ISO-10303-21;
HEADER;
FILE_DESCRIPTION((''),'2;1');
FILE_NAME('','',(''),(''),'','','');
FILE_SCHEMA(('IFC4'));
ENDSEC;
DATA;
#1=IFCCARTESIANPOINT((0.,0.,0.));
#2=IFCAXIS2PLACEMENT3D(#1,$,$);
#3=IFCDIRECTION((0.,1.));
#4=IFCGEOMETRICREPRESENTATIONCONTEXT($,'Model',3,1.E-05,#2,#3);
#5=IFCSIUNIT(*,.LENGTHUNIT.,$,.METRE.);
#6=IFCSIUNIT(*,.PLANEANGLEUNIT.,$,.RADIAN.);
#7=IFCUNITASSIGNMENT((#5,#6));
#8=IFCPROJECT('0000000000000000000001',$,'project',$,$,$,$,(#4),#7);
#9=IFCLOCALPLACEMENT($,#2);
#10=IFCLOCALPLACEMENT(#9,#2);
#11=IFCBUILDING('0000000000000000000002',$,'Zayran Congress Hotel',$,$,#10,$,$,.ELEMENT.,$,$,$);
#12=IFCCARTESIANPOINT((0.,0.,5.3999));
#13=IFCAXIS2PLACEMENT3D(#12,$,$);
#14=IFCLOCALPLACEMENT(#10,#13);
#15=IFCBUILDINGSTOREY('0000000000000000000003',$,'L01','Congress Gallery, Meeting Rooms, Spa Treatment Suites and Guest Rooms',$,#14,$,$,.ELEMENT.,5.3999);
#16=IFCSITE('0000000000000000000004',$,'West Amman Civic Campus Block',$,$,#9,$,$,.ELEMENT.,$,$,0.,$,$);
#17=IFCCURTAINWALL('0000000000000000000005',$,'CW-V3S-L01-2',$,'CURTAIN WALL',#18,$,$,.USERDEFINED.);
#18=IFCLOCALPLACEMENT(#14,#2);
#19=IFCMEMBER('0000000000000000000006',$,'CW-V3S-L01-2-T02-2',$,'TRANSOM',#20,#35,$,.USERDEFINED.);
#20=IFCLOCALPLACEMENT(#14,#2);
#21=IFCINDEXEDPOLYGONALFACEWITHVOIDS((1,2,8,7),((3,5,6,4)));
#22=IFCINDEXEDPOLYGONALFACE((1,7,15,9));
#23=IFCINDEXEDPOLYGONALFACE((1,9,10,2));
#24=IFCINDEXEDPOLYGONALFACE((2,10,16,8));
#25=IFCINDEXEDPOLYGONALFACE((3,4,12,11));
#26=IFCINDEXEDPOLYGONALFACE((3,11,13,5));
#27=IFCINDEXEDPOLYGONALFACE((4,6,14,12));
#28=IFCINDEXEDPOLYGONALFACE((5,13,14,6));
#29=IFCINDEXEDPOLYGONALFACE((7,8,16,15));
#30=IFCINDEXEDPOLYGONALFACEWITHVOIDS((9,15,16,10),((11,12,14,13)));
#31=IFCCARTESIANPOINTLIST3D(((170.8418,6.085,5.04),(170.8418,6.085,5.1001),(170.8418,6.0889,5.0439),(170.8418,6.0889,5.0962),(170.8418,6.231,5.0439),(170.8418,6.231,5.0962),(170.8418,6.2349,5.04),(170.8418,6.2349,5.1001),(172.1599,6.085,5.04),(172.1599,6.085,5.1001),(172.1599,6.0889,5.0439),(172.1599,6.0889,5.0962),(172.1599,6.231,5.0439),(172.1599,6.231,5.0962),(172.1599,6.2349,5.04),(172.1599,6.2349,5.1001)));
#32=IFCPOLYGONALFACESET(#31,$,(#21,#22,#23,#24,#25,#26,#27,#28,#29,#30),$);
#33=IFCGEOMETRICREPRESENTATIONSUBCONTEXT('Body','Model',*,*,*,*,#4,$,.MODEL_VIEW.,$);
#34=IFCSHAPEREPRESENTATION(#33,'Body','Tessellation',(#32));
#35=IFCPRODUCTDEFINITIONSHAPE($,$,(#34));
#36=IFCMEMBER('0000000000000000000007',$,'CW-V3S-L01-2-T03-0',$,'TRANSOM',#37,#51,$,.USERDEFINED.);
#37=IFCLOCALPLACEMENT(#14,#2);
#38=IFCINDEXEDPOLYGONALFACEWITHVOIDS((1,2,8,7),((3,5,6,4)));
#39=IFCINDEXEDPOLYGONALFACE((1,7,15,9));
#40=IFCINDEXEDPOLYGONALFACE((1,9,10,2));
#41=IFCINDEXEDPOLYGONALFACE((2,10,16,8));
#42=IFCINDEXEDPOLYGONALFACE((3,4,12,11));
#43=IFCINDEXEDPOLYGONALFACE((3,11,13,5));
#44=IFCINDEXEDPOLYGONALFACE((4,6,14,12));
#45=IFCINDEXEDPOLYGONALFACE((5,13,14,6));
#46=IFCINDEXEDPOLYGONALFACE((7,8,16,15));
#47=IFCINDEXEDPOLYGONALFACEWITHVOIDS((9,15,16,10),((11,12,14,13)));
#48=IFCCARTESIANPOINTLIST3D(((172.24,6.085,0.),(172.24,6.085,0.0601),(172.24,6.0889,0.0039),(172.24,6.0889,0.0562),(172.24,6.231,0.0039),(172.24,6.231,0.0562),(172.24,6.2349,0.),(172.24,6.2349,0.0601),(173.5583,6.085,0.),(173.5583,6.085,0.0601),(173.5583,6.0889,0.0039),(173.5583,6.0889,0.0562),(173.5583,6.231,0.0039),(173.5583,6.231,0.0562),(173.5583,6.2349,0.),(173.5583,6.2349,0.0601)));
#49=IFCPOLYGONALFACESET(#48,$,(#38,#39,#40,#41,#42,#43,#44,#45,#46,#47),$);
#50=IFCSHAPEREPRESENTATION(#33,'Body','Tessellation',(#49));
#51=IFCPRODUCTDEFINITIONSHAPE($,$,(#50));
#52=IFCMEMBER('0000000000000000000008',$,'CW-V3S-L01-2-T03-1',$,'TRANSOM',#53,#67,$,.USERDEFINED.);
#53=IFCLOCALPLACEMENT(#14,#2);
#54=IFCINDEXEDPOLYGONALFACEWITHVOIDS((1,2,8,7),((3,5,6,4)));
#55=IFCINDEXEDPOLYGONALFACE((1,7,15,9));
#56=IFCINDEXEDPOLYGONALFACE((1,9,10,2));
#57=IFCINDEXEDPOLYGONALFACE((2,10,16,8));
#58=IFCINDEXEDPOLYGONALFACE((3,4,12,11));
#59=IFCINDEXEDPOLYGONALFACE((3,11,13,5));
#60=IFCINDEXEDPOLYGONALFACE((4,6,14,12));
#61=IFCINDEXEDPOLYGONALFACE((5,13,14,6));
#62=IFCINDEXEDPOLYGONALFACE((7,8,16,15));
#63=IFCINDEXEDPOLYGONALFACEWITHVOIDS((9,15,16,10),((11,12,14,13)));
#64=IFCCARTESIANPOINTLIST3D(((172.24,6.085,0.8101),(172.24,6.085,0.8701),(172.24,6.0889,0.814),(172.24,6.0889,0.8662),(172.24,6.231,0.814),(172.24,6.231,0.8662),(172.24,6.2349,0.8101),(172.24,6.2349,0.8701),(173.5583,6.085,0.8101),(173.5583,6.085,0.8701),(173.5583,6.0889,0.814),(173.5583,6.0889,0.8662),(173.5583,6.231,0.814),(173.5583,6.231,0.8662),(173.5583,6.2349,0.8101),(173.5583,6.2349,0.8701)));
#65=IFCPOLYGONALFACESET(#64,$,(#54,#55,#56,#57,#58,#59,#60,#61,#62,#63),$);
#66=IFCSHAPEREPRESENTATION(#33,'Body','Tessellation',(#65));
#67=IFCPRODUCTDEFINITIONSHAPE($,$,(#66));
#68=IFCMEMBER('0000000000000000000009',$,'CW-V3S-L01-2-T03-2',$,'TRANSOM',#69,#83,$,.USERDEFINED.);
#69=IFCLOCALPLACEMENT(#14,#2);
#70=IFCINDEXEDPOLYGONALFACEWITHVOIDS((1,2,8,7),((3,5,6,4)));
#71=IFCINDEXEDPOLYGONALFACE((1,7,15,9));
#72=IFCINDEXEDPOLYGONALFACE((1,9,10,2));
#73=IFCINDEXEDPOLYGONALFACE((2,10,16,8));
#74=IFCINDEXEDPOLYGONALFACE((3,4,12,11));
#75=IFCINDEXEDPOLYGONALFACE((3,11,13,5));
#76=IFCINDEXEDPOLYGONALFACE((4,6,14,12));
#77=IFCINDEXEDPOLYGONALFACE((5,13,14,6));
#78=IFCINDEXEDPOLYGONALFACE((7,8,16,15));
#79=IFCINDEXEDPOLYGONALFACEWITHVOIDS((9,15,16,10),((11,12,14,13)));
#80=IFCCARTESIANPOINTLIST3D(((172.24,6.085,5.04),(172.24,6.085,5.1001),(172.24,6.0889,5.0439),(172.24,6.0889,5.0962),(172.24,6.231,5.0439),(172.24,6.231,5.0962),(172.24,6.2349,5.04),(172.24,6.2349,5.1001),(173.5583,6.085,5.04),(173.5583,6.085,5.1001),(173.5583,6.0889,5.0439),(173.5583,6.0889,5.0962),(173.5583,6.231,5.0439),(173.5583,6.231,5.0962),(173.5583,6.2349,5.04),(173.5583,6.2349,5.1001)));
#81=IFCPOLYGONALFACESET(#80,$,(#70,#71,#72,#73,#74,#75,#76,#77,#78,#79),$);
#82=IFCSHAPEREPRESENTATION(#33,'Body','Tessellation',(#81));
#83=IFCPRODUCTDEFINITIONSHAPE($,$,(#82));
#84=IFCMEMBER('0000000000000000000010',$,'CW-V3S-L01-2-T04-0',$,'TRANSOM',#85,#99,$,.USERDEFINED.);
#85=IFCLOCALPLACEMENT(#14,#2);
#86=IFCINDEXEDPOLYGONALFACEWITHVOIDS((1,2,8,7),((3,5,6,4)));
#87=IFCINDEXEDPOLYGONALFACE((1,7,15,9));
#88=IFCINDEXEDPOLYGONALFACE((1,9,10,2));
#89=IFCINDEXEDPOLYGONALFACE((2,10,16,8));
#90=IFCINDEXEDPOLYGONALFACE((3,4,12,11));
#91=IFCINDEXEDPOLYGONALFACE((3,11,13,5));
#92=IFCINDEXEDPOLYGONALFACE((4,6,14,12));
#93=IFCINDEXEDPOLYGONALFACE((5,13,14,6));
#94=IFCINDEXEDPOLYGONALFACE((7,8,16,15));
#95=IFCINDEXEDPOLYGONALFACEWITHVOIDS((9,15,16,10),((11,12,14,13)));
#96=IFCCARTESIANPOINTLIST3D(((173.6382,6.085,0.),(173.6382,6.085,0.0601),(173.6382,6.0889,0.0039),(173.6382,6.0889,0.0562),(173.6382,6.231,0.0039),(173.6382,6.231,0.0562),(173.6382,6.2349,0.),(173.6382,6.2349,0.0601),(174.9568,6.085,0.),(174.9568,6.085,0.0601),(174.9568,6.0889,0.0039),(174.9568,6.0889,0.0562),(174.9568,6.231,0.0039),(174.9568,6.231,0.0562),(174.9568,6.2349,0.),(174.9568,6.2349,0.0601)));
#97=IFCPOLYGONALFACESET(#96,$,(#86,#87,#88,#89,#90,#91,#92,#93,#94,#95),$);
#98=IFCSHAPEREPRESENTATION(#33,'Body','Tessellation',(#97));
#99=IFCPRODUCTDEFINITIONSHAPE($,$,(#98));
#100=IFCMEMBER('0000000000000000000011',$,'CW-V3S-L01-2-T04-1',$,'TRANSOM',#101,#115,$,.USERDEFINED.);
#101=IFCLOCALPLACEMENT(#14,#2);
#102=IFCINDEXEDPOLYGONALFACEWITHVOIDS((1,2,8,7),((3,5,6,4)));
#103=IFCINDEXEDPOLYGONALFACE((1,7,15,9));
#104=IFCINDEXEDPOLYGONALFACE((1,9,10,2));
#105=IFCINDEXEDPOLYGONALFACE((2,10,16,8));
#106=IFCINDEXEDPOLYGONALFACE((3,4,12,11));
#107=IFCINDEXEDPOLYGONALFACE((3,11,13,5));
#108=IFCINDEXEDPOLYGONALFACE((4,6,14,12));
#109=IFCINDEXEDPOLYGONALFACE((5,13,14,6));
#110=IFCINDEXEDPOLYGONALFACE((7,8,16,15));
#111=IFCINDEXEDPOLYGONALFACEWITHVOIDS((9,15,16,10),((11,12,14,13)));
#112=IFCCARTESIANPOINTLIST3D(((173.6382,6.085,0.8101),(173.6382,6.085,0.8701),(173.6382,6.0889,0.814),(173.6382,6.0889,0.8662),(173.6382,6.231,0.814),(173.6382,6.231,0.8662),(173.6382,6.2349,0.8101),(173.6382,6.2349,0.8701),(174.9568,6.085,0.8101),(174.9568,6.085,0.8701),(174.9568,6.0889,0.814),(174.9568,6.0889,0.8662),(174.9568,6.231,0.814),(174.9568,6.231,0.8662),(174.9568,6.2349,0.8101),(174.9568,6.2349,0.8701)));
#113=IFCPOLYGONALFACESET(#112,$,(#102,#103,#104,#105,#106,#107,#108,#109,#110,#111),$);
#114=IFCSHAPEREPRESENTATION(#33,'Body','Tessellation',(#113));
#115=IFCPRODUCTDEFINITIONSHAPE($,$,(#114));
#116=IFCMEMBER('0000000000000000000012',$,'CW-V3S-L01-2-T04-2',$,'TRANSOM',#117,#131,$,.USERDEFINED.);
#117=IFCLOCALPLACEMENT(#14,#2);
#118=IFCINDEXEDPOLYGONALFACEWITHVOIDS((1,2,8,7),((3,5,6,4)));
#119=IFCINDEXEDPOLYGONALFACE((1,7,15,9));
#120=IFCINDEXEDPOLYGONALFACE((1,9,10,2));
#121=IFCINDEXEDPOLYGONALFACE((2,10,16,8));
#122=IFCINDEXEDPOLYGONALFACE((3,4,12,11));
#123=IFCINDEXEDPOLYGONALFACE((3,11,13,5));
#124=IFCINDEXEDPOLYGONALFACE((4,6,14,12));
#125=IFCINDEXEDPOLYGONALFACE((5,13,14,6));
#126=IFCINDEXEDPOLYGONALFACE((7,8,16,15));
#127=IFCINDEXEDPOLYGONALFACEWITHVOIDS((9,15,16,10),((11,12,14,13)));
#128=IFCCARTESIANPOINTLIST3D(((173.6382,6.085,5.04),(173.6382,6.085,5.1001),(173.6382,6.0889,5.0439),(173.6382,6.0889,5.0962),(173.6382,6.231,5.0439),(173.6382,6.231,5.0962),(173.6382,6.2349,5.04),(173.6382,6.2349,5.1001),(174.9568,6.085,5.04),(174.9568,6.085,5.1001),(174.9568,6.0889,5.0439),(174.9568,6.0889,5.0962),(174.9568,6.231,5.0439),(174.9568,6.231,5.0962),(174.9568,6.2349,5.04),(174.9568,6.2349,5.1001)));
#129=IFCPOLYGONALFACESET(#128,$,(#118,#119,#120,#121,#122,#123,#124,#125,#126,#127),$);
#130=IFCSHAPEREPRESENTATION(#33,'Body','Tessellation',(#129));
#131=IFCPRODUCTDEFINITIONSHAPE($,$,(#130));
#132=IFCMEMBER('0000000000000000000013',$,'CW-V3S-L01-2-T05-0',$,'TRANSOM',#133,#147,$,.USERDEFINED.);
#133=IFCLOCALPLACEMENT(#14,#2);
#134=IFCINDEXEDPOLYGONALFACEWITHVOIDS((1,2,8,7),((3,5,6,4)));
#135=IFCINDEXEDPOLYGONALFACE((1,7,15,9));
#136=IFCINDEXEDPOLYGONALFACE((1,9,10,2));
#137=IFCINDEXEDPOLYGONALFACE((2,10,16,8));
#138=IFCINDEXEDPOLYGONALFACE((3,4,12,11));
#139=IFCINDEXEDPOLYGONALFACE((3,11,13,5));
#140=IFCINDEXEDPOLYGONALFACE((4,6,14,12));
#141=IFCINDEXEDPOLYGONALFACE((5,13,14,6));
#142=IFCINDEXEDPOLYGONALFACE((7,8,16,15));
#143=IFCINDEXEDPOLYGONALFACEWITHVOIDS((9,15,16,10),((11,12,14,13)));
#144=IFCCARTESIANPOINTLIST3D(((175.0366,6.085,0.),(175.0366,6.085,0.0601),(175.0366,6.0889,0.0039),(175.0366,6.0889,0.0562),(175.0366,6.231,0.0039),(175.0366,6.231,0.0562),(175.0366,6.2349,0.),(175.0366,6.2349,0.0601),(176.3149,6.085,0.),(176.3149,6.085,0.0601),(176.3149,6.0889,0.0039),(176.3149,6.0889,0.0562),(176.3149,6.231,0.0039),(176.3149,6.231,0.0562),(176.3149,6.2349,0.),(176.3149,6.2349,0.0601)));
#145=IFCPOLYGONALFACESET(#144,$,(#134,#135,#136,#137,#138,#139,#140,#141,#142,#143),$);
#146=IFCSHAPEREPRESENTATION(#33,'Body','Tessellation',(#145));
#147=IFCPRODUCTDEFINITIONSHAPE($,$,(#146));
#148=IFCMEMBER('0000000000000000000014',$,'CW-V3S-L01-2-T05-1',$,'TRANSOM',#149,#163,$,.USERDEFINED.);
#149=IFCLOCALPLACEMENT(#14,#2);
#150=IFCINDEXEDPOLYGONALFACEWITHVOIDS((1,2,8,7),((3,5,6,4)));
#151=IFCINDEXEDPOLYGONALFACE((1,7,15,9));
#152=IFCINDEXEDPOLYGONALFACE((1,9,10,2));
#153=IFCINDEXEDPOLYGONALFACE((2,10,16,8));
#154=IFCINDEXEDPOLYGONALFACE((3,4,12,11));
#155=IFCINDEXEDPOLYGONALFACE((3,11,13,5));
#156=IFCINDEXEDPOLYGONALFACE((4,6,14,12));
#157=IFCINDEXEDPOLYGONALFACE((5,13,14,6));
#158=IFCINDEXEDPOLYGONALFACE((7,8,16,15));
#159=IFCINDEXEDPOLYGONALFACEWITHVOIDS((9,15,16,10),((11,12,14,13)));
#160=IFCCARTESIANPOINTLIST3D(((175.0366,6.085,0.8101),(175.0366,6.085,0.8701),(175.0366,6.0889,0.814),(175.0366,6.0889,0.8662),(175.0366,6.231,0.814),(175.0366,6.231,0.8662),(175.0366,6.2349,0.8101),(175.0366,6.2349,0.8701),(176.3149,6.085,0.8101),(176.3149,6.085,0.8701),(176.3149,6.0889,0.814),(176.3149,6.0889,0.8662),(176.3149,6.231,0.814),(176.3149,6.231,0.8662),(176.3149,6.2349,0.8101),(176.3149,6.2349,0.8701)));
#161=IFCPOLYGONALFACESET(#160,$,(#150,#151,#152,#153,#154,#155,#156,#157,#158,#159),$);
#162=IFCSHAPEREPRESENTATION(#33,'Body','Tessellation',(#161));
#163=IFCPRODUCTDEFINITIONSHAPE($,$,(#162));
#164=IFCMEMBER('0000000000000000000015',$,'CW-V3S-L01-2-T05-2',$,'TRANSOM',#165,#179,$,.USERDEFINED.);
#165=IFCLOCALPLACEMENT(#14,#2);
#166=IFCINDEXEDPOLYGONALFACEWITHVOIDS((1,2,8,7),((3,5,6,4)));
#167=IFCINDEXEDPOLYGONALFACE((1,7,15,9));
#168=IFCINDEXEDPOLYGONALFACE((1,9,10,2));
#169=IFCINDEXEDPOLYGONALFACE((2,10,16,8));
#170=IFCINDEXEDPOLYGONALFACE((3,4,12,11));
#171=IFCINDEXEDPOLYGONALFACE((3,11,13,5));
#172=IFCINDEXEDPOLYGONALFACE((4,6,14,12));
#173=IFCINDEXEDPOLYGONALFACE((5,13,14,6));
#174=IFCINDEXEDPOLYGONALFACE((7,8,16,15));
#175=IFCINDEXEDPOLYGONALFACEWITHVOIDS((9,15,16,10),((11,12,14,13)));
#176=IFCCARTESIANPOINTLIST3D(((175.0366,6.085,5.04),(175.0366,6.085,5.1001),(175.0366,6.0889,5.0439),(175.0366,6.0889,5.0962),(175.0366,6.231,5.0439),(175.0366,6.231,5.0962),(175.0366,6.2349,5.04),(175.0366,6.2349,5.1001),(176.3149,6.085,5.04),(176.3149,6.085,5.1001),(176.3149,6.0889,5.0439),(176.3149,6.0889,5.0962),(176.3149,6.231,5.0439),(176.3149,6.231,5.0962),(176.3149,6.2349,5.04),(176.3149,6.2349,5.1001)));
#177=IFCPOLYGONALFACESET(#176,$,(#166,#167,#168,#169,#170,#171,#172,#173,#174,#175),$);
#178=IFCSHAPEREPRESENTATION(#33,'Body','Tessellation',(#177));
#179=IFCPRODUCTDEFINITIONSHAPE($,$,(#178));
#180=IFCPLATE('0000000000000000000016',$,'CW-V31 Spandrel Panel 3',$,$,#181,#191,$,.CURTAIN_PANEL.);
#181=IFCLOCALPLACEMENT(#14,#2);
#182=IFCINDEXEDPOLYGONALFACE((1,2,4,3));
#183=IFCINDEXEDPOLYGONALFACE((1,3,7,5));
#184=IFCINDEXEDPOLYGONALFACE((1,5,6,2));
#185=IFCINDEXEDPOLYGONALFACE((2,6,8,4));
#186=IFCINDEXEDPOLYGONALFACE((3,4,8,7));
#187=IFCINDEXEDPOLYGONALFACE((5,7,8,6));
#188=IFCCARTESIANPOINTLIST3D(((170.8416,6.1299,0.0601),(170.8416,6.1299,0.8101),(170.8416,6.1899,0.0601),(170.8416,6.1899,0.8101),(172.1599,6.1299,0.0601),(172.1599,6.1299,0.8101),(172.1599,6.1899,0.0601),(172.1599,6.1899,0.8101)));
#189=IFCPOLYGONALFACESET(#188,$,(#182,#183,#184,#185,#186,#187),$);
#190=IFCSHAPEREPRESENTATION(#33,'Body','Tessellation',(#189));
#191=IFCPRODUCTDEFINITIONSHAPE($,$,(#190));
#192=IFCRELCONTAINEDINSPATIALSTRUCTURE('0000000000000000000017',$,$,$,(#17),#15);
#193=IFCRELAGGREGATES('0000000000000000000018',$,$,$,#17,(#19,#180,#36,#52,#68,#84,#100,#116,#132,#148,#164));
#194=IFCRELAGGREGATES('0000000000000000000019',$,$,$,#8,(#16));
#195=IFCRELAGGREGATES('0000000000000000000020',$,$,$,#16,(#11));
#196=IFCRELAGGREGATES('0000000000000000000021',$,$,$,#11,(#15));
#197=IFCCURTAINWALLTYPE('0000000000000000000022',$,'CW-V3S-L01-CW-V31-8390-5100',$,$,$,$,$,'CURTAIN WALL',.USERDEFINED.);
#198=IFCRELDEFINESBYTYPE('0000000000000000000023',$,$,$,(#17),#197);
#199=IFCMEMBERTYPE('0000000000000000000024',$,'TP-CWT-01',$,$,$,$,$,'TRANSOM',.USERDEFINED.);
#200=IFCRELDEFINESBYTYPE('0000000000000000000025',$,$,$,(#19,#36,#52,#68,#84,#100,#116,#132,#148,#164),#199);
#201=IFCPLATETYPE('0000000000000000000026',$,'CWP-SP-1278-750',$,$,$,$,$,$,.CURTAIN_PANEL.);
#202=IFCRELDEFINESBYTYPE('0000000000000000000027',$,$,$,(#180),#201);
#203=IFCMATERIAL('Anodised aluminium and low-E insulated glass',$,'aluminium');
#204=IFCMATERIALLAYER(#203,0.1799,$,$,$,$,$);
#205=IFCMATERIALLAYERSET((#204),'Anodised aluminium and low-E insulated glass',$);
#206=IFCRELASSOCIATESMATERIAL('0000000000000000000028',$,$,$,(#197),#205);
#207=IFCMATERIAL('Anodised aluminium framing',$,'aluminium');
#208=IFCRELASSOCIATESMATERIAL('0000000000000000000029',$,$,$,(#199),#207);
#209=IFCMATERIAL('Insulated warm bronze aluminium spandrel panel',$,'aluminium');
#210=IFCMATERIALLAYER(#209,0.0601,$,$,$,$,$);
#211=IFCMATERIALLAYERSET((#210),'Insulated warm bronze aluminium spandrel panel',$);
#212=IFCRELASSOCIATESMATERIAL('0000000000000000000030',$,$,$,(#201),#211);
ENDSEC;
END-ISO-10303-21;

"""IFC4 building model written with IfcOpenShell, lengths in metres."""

from ifc_helpers import new_model, si_unit, direction, frame, origin, origin_2d, place, context, subcontext, project, spatial, rectangle, hollow_rectangle, extrude, material, layer, layer_set, material_profile, profile_set, type_object, element, aggregate, save


model = new_model("IFC4")

# Units and contexts
model_context = context("Model", 3, precision=1e-05, world=origin(), true_north=direction((0.0, 1.0)))
body_context = subcontext(model_context, "Body", "Model", "MODEL_VIEW")
ifc_project = project(units=[si_unit("LENGTHUNIT", "METRE"), si_unit("PLANEANGLEUNIT", "RADIAN")], contexts=[model_context])

# Site, building, storey
site_placement = place(None, origin())
site = spatial("IfcSite", under=ifc_project, at=site_placement, Name="West Amman Civic Campus Block", CompositionType="ELEMENT", RefElevation=0.0)
building_placement = place(site_placement, origin())
building = spatial("IfcBuilding", under=site, at=building_placement, Name="Zayran Congress Hotel", CompositionType="ELEMENT")
storey_placement = place(building_placement, frame((0.0, 0.0, 5.3999)))
storey = spatial("IfcBuildingStorey", under=building, at=storey_placement, Name="L01", Description="Congress Gallery, Meeting Rooms, Spa Treatment Suites and Guest Rooms", CompositionType="ELEMENT", Elevation=5.3999)

# Curtain wall, members, plate
ifc_material_1 = material(Name="Anodised aluminium and low-E insulated glass", Category="aluminium")
ifc_layer_1 = layer(ifc_material_1, 0.1799)
ifc_layer_set_1 = layer_set([ifc_layer_1], Name="Anodised aluminium and low-E insulated glass")
curtain_wall_type = type_object("IfcCurtainWallType", Name="CW-V3S-L01-CW-V31-8390-5100", ElementType="CURTAIN WALL", PredefinedType="USERDEFINED", material=ifc_layer_set_1)
curtain_wall_placement = place(storey_placement, origin())
curtain_wall = element("IfcCurtainWall", 1, at=curtain_wall_placement, inside=storey, type_object=curtain_wall_type, Name="CW-V3S-L01-2", ObjectType="CURTAIN WALL", PredefinedType="USERDEFINED")
ifc_material_2 = material(Name="Anodised aluminium framing", Category="aluminium")
ifc_material_profile_1 = material_profile(ifc_material_2, hollow_rectangle(XDim=0.0601, YDim=0.1499, WallThickness=0.0039, at=origin_2d()), Name="RHS 150x60x4")
ifc_profile_set_1 = profile_set([ifc_material_profile_1], Name="Anodised aluminium framing")
member_type_1 = type_object("IfcMemberType", Name="TP-CWT-01", ElementType="TRANSOM", PredefinedType="USERDEFINED", material=ifc_profile_set_1)
member_1_placement = place(storey_placement, frame((170.8418, 6.1599, 5.0701), z_axis=(1.0, 0.0, 0.0), x_axis=(0.0, 0.0, 1.0)))
member_1 = element("IfcMember", 2, at=member_1_placement, type_object=member_type_1, Name="CW-V3S-L01-2-T02-2", ObjectType="TRANSOM", PredefinedType="USERDEFINED", context=body_context, shape_type="SweptSolid", body=[
    extrude(hollow_rectangle(XDim=0.0601, YDim=0.1499, WallThickness=0.0039, at=origin_2d()), origin(), (0.0, 0.0, 1.0), 1.3181),
])
member_2_placement = place(storey_placement, frame((172.24, 6.1599, 0.03), z_axis=(1.0, 0.0, 0.0), x_axis=(0.0, 0.0, 1.0)))
member_2 = element("IfcMember", 3, at=member_2_placement, type_object=member_type_1, Name="CW-V3S-L01-2-T03-0", ObjectType="TRANSOM", PredefinedType="USERDEFINED", context=body_context, shape_type="SweptSolid", body=[
    extrude(hollow_rectangle(XDim=0.0601, YDim=0.1499, WallThickness=0.0039, at=origin_2d()), origin(), (0.0, 0.0, 1.0), 1.3184),
])
member_3_placement = place(storey_placement, frame((172.24, 6.1599, 0.8401), z_axis=(1.0, 0.0, 0.0), x_axis=(0.0, 0.0, 1.0)))
member_3 = element("IfcMember", 4, at=member_3_placement, type_object=member_type_1, Name="CW-V3S-L01-2-T03-1", ObjectType="TRANSOM", PredefinedType="USERDEFINED", context=body_context, shape_type="SweptSolid", body=[
    extrude(hollow_rectangle(XDim=0.0601, YDim=0.1499, WallThickness=0.0039, at=origin_2d()), origin(), (0.0, 0.0, 1.0), 1.3184),
])
member_4_placement = place(storey_placement, frame((172.24, 6.1599, 5.0701), z_axis=(1.0, 0.0, 0.0), x_axis=(0.0, 0.0, 1.0)))
member_4 = element("IfcMember", 5, at=member_4_placement, type_object=member_type_1, Name="CW-V3S-L01-2-T03-2", ObjectType="TRANSOM", PredefinedType="USERDEFINED", context=body_context, shape_type="SweptSolid", body=[
    extrude(hollow_rectangle(XDim=0.0601, YDim=0.1499, WallThickness=0.0039, at=origin_2d()), origin(), (0.0, 0.0, 1.0), 1.3184),
])
member_5_placement = place(storey_placement, frame((173.6382, 6.1599, 0.03), z_axis=(1.0, 0.0, 0.0), x_axis=(0.0, 0.0, 1.0)))
member_5 = element("IfcMember", 6, at=member_5_placement, type_object=member_type_1, Name="CW-V3S-L01-2-T04-0", ObjectType="TRANSOM", PredefinedType="USERDEFINED", context=body_context, shape_type="SweptSolid", body=[
    extrude(hollow_rectangle(XDim=0.0601, YDim=0.1499, WallThickness=0.0039, at=origin_2d()), origin(), (0.0, 0.0, 1.0), 1.3186),
])
member_6_placement = place(storey_placement, frame((173.6382, 6.1599, 0.8401), z_axis=(1.0, 0.0, 0.0), x_axis=(0.0, 0.0, 1.0)))
member_6 = element("IfcMember", 7, at=member_6_placement, type_object=member_type_1, Name="CW-V3S-L01-2-T04-1", ObjectType="TRANSOM", PredefinedType="USERDEFINED", context=body_context, shape_type="SweptSolid", body=[
    extrude(hollow_rectangle(XDim=0.0601, YDim=0.1499, WallThickness=0.0039, at=origin_2d()), origin(), (0.0, 0.0, 1.0), 1.3186),
])
member_7_placement = place(storey_placement, frame((173.6382, 6.1599, 5.0701), z_axis=(1.0, 0.0, 0.0), x_axis=(0.0, 0.0, 1.0)))
member_7 = element("IfcMember", 8, at=member_7_placement, type_object=member_type_1, Name="CW-V3S-L01-2-T04-2", ObjectType="TRANSOM", PredefinedType="USERDEFINED", context=body_context, shape_type="SweptSolid", body=[
    extrude(hollow_rectangle(XDim=0.0601, YDim=0.1499, WallThickness=0.0039, at=origin_2d()), origin(), (0.0, 0.0, 1.0), 1.3186),
])
member_8_placement = place(storey_placement, frame((175.0366, 6.1599, 0.03), z_axis=(1.0, 0.0, 0.0), x_axis=(0.0, 0.0, 1.0)))
member_8 = element("IfcMember", 9, at=member_8_placement, type_object=member_type_1, Name="CW-V3S-L01-2-T05-0", ObjectType="TRANSOM", PredefinedType="USERDEFINED", context=body_context, shape_type="SweptSolid", body=[
    extrude(hollow_rectangle(XDim=0.0601, YDim=0.1499, WallThickness=0.0039, at=origin_2d()), origin(), (0.0, 0.0, 1.0), 1.2783),
])
member_9_placement = place(storey_placement, frame((175.0366, 6.1599, 0.8401), z_axis=(1.0, 0.0, 0.0), x_axis=(0.0, 0.0, 1.0)))
member_9 = element("IfcMember", 10, at=member_9_placement, type_object=member_type_1, Name="CW-V3S-L01-2-T05-1", ObjectType="TRANSOM", PredefinedType="USERDEFINED", context=body_context, shape_type="SweptSolid", body=[
    extrude(hollow_rectangle(XDim=0.0601, YDim=0.1499, WallThickness=0.0039, at=origin_2d()), origin(), (0.0, 0.0, 1.0), 1.2783),
])
member_10_placement = place(storey_placement, frame((175.0366, 6.1599, 5.0701), z_axis=(1.0, 0.0, 0.0), x_axis=(0.0, 0.0, 1.0)))
member_10 = element("IfcMember", 11, at=member_10_placement, type_object=member_type_1, Name="CW-V3S-L01-2-T05-2", ObjectType="TRANSOM", PredefinedType="USERDEFINED", context=body_context, shape_type="SweptSolid", body=[
    extrude(hollow_rectangle(XDim=0.0601, YDim=0.1499, WallThickness=0.0039, at=origin_2d()), origin(), (0.0, 0.0, 1.0), 1.2783),
])
ifc_material_3 = material(Name="Insulated warm bronze aluminium spandrel panel", Category="aluminium")
ifc_layer_2 = layer(ifc_material_3, 0.0601)
ifc_layer_set_2 = layer_set([ifc_layer_2], Name="Insulated warm bronze aluminium spandrel panel")
plate_type_1 = type_object("IfcPlateType", Name="CWP-SP-1278-750", PredefinedType="CURTAIN_PANEL", material=ifc_layer_set_2)
plate_1_placement = place(storey_placement, frame((171.5007, 6.1599, 0.0601), z_axis=(0.0, 0.0, 1.0), x_axis=(1.0, 0.0, 0.0)))
plate_1 = element("IfcPlate", 12, at=plate_1_placement, type_object=plate_type_1, Name="CW-V31 Spandrel Panel 3", PredefinedType="CURTAIN_PANEL", context=body_context, shape_type="SweptSolid", body=[
    extrude(rectangle(XDim=1.3184, YDim=0.0601, at=origin_2d()), origin(), (0.0, 0.0, 1.0), 0.75),
])
aggregate(curtain_wall, [member_1, plate_1, member_2, member_3, member_4, member_5, member_6, member_7, member_8, member_9, member_10])

save(model, "model.ifc")
